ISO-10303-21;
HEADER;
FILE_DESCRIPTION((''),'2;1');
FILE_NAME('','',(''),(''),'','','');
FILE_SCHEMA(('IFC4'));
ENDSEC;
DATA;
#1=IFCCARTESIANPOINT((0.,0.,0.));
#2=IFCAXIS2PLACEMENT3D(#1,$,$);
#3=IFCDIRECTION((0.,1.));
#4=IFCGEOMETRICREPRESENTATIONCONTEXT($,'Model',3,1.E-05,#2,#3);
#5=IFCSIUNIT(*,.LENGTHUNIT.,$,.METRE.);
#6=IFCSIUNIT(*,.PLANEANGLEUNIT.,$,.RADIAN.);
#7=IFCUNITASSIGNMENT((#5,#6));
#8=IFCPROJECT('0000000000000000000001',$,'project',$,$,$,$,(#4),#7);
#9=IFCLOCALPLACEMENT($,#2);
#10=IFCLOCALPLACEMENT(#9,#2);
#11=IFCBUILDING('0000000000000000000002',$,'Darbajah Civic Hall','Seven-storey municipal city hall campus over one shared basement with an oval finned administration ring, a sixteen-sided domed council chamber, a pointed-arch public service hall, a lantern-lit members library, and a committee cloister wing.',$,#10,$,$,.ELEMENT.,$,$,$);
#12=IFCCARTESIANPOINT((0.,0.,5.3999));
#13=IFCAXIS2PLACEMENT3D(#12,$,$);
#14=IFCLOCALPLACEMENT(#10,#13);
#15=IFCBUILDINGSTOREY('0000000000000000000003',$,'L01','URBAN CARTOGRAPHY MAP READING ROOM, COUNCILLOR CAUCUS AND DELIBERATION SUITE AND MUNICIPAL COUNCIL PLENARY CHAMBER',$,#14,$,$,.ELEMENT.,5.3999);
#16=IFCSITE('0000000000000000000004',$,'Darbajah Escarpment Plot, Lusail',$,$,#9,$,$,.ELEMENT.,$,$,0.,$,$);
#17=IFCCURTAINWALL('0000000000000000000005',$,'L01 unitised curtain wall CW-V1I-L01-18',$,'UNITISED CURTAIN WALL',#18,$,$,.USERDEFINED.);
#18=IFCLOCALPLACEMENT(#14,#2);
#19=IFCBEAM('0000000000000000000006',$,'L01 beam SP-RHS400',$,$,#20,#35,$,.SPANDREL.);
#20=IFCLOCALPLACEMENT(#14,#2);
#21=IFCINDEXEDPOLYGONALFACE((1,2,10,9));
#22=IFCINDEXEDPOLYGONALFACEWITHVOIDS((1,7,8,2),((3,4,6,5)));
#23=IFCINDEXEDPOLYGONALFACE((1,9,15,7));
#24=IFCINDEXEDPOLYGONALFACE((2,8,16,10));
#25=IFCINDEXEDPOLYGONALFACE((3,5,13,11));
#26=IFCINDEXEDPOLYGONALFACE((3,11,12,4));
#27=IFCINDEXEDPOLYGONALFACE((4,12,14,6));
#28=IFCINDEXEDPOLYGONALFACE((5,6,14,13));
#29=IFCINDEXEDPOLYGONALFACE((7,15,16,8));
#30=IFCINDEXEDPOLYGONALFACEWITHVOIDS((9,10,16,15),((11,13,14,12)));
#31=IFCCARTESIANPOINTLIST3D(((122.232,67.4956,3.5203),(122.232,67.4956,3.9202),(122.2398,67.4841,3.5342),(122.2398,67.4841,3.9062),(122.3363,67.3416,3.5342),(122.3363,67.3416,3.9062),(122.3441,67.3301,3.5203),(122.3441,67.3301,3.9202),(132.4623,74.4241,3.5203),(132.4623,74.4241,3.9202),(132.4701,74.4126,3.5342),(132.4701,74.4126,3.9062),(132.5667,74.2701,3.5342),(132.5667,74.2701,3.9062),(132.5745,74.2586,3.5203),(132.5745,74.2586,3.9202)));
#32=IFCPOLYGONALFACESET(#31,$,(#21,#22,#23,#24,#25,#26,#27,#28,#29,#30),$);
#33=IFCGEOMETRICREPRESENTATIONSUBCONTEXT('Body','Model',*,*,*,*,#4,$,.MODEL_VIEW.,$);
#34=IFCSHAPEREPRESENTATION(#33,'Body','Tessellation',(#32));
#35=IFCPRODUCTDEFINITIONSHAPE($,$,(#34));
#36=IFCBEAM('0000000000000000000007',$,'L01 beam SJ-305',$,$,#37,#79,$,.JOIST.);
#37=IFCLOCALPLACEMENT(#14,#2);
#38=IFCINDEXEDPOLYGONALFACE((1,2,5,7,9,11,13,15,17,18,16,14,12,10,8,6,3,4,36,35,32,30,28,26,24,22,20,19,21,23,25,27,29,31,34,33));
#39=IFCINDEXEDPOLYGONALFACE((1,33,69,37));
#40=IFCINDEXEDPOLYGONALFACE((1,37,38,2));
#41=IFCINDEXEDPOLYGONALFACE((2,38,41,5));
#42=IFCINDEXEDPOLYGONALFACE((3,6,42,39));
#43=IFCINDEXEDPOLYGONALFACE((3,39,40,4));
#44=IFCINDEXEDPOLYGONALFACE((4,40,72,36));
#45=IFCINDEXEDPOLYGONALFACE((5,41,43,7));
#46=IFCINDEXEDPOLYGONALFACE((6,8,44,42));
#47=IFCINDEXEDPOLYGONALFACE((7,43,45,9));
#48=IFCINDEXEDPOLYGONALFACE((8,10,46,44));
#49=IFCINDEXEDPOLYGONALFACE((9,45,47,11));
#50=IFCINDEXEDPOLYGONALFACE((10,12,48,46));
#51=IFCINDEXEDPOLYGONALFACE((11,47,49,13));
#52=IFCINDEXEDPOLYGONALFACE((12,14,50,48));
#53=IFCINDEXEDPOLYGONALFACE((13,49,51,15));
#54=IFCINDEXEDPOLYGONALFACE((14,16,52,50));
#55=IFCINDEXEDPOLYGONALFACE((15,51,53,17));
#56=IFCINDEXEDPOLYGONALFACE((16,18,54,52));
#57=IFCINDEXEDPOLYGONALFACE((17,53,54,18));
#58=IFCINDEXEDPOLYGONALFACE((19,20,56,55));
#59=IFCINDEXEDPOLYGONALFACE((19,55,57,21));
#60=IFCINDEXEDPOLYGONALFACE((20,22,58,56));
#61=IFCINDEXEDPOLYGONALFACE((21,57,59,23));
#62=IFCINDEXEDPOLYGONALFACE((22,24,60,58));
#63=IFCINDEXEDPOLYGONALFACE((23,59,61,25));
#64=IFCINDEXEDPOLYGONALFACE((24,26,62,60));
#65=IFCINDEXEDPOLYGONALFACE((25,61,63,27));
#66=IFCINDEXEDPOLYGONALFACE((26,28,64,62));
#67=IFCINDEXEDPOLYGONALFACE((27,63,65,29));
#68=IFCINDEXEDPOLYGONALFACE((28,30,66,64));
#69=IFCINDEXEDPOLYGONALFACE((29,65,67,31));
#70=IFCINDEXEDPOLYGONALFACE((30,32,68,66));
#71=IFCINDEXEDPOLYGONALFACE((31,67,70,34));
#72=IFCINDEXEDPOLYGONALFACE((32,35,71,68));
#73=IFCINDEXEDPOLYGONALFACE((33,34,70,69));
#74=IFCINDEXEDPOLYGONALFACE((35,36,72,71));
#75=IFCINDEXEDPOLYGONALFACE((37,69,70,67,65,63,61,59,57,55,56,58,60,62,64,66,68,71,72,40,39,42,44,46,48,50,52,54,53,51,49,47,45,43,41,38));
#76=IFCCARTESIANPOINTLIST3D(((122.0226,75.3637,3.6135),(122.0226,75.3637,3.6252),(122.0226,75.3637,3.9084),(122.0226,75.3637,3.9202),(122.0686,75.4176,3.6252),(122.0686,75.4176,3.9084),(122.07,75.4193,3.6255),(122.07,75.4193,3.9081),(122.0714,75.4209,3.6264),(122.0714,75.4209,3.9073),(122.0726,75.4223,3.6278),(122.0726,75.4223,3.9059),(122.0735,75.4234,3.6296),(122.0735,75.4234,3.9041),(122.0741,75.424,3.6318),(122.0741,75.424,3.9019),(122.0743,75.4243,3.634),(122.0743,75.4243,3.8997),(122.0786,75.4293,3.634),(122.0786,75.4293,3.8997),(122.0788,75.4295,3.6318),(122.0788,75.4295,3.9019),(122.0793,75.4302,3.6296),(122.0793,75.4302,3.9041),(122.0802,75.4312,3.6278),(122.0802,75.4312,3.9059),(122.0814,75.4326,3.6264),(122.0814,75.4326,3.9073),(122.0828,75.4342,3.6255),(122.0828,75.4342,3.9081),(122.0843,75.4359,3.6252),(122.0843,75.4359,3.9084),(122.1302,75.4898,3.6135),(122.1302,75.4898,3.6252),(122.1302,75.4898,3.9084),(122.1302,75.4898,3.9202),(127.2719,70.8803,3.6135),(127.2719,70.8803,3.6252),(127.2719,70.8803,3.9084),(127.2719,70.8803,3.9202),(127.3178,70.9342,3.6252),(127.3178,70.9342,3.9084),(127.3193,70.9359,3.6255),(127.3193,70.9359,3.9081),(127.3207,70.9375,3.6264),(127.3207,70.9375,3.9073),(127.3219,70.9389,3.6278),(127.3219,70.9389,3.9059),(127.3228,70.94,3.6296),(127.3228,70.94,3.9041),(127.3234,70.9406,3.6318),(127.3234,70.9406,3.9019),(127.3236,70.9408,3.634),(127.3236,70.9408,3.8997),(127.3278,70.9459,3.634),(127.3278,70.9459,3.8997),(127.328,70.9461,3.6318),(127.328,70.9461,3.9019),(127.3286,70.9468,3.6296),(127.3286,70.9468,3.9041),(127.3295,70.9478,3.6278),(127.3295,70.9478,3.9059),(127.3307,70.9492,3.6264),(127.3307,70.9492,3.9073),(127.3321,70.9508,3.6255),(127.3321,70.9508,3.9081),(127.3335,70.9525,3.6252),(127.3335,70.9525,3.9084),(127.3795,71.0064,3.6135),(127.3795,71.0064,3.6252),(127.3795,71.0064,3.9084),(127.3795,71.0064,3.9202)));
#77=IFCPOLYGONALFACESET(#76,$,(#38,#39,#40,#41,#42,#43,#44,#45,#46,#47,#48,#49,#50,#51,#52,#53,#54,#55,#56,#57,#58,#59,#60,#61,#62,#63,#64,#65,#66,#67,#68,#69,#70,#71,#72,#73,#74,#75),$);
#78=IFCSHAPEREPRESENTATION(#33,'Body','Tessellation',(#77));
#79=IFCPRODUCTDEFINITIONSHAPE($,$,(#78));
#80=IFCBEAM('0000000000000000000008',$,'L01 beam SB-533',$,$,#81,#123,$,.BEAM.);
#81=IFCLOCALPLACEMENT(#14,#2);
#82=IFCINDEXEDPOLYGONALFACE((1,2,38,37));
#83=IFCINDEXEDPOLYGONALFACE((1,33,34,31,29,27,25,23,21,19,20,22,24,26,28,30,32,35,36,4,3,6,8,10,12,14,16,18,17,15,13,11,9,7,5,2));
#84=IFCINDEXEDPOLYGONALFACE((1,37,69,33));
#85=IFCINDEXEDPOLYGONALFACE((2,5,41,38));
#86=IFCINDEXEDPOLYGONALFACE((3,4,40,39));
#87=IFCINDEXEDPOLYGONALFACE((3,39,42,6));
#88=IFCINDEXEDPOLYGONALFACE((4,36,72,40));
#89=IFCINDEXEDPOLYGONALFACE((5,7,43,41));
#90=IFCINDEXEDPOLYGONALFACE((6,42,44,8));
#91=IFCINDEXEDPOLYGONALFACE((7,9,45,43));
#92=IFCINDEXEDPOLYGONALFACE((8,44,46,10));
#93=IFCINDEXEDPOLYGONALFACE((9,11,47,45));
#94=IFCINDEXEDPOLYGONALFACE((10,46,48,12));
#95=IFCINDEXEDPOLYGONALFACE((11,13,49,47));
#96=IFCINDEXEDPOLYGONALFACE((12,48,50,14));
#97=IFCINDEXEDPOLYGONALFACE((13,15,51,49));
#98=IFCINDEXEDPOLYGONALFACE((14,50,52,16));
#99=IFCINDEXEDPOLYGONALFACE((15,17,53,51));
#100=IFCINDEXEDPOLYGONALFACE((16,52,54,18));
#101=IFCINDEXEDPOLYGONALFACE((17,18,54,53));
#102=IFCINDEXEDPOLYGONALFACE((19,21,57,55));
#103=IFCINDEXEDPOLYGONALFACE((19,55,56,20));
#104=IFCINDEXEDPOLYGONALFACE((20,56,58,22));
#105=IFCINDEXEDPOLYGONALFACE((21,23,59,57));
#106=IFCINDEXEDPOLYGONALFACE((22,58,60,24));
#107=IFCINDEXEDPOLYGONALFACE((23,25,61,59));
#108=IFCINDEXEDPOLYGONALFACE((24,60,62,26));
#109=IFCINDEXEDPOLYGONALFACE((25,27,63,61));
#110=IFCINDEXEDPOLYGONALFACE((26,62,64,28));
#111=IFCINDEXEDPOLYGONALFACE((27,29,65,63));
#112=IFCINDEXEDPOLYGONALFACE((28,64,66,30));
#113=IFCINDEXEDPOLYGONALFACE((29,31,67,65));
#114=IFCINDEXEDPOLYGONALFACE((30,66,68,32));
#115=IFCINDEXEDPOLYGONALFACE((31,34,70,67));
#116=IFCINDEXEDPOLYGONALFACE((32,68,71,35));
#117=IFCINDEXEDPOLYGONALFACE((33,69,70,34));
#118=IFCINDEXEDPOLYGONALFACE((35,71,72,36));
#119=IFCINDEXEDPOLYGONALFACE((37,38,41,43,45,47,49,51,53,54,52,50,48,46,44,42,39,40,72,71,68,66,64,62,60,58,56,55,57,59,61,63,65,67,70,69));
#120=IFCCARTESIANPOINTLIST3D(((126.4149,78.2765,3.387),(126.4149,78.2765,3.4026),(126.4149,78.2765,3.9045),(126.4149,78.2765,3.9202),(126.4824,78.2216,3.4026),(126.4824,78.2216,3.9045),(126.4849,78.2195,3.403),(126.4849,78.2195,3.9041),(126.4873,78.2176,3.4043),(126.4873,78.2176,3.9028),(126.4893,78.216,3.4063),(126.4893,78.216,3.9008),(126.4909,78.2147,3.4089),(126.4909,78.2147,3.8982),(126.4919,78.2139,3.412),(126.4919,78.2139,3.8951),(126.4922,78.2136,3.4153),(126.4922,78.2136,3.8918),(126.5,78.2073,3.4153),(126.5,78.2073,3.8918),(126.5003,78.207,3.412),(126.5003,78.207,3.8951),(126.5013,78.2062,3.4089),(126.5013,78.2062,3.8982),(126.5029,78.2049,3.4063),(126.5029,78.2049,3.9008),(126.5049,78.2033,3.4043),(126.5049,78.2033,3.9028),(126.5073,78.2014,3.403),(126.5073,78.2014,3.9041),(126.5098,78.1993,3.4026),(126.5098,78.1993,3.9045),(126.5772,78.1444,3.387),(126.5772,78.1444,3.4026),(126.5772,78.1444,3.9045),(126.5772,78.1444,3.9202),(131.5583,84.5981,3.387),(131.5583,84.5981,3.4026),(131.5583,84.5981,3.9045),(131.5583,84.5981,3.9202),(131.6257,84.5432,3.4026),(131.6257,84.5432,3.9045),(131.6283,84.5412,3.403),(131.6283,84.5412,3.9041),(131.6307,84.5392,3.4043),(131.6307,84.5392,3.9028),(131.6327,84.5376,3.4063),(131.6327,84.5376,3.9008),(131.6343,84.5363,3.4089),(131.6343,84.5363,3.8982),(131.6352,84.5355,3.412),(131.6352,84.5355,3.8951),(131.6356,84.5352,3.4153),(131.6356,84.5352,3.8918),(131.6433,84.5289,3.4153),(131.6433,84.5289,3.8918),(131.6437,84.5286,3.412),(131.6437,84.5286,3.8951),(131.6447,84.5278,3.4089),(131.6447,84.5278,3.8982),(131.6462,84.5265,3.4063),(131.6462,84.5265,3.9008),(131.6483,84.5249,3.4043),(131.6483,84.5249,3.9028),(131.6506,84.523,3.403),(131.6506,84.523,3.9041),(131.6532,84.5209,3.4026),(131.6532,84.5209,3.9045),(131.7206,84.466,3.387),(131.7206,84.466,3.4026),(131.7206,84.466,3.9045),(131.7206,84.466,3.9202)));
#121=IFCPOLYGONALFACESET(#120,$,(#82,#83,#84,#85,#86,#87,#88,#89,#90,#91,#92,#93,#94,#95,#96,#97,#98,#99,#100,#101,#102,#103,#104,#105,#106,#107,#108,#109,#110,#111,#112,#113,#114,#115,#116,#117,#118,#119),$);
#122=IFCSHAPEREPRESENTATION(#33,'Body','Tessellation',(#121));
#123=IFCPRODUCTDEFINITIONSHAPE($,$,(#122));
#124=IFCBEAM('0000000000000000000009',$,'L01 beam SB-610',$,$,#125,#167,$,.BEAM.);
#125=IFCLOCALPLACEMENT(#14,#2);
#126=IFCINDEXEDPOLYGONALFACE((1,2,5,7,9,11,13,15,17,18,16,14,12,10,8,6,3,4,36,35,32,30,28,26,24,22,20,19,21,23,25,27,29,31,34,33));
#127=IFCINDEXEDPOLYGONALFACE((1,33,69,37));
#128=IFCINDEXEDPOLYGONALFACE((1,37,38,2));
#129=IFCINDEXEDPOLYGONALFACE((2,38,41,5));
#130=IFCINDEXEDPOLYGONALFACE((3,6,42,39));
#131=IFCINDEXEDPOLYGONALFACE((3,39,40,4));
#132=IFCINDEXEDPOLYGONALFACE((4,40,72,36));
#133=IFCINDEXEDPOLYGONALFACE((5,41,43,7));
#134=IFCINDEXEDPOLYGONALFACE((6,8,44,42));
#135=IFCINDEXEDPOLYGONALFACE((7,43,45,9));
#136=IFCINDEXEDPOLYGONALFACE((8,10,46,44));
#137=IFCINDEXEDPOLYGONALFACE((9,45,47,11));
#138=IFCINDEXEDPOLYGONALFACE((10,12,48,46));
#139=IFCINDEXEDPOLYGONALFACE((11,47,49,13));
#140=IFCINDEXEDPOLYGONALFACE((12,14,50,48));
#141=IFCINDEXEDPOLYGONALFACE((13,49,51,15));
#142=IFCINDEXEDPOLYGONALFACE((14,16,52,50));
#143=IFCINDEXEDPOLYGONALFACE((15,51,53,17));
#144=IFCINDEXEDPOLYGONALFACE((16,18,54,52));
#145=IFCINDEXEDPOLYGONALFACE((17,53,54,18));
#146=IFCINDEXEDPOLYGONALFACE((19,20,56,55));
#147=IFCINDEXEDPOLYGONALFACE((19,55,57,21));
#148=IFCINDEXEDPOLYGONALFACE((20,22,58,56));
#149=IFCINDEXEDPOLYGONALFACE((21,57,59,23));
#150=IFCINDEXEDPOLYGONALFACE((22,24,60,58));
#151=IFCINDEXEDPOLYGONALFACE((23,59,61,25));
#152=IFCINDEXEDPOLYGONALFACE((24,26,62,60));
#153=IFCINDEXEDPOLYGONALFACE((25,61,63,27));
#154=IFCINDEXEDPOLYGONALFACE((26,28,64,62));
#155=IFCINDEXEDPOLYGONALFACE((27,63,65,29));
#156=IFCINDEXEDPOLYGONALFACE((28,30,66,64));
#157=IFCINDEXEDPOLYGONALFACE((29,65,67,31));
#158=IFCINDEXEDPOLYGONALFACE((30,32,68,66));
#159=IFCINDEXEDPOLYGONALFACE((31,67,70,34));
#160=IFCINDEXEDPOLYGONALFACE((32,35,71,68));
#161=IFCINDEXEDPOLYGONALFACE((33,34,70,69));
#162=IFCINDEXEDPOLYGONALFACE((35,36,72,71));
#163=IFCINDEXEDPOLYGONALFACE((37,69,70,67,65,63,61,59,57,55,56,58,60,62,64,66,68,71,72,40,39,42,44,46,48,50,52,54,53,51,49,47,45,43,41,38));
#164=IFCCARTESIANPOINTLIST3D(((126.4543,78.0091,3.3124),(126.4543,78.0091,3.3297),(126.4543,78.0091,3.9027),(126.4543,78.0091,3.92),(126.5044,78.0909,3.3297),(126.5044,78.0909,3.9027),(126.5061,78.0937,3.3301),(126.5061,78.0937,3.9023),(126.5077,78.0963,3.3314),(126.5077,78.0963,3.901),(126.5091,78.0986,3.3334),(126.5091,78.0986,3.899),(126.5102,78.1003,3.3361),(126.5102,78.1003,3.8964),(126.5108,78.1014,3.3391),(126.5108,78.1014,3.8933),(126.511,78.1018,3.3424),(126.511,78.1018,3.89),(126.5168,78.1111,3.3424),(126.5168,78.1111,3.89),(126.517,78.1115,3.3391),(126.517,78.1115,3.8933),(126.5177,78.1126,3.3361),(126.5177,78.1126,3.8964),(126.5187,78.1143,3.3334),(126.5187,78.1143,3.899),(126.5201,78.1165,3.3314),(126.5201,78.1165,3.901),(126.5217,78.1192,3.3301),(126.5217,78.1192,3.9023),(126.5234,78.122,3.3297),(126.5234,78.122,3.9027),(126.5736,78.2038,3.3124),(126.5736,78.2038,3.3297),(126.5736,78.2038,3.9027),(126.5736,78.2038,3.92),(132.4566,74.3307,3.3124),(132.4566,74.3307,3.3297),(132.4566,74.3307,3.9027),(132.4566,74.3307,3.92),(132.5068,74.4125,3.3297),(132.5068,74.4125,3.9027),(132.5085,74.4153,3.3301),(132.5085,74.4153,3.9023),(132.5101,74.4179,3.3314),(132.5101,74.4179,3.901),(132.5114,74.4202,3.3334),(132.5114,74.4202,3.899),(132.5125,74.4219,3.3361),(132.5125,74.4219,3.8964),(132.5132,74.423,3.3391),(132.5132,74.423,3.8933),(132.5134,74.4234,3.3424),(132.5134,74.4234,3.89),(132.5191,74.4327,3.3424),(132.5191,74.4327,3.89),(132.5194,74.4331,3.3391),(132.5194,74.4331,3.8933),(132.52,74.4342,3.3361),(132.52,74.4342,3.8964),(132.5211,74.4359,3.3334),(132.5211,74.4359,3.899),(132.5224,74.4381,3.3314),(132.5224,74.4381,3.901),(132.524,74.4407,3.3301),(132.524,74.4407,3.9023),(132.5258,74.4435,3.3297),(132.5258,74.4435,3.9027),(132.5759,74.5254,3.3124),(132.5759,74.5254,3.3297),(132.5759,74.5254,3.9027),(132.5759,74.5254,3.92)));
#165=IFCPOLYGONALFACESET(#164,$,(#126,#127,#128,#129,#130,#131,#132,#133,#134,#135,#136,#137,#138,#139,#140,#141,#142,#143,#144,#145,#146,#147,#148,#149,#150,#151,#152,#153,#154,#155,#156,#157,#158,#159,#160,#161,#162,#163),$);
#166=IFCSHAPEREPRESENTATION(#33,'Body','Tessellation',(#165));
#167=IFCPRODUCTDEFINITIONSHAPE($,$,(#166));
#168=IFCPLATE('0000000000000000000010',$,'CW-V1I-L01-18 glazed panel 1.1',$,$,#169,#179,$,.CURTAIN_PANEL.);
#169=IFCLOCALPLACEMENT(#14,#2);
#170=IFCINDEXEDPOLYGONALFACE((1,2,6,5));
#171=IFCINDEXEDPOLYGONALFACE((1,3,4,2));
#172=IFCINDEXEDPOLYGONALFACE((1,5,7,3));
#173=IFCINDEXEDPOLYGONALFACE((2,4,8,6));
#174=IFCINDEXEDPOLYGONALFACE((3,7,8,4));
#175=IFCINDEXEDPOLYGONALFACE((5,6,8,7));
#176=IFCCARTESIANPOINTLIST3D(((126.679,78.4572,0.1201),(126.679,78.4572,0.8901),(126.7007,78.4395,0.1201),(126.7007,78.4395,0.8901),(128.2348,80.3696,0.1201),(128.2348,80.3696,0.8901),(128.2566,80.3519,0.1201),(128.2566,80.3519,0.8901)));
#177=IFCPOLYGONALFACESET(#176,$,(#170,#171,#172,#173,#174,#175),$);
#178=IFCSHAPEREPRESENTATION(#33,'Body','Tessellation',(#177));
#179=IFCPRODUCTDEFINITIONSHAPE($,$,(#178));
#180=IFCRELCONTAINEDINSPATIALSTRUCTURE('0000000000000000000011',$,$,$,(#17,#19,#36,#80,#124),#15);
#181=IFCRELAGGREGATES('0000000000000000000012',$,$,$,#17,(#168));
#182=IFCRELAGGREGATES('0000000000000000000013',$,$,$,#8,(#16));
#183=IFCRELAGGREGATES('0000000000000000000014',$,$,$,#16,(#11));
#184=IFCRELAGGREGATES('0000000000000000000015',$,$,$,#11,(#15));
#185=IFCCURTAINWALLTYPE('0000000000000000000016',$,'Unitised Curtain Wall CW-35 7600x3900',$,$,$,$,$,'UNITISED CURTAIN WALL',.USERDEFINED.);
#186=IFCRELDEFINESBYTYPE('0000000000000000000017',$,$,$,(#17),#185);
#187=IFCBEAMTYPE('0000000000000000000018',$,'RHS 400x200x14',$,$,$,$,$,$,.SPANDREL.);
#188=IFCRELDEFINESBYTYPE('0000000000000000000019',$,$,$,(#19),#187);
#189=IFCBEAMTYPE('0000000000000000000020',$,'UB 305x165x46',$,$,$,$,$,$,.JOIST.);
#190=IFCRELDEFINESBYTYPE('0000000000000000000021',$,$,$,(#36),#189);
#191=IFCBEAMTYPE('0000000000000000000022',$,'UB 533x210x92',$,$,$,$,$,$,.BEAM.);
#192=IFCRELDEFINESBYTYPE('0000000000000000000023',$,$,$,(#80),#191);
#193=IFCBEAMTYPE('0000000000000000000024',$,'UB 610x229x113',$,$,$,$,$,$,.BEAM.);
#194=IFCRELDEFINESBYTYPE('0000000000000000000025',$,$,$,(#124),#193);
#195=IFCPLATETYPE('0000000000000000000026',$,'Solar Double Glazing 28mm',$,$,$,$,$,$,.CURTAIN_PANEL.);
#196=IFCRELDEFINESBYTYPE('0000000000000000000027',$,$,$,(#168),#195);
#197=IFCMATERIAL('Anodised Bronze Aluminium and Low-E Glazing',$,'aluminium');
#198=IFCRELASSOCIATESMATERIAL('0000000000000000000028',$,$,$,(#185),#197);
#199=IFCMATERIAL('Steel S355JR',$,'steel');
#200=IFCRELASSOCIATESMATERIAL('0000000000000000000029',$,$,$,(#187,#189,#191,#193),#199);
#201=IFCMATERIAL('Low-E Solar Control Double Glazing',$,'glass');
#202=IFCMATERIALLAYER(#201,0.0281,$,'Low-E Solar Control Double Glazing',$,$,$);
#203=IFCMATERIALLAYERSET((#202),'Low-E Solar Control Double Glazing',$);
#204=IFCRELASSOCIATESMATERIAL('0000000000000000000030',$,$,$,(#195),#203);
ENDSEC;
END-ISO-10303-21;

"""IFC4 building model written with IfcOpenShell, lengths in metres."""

from ifc_helpers import new_model, si_unit, direction, frame, origin, origin_2d, place, context, subcontext, project, spatial, rectangle, hollow_rectangle, i_section, extrude, material, layer, layer_set, material_profile, profile_set, type_object, element, aggregate, save


model = new_model("IFC4")

# Units and contexts
model_context = context("Model", 3, precision=1e-05, world=origin(), true_north=direction((0.0, 1.0)))
body_context = subcontext(model_context, "Body", "Model", "MODEL_VIEW")
ifc_project = project(units=[si_unit("LENGTHUNIT", "METRE"), si_unit("PLANEANGLEUNIT", "RADIAN")], contexts=[model_context])

# Site, building, storey
site_placement = place(None, origin())
site = spatial("IfcSite", under=ifc_project, at=site_placement, Name="Darbajah Escarpment Plot, Lusail", CompositionType="ELEMENT", RefElevation=0.0)
building_placement = place(site_placement, origin())
building = spatial("IfcBuilding", under=site, at=building_placement, Name="Darbajah Civic Hall", Description="Seven-storey municipal city hall campus over one shared basement with an oval finned administration ring, a sixteen-sided domed council chamber, a pointed-arch public service hall, a lantern-lit members library, and a committee cloister wing.", CompositionType="ELEMENT")
storey_placement = place(building_placement, frame((0.0, 0.0, 5.3999)))
storey = spatial("IfcBuildingStorey", under=building, at=storey_placement, Name="L01", Description="URBAN CARTOGRAPHY MAP READING ROOM, COUNCILLOR CAUCUS AND DELIBERATION SUITE AND MUNICIPAL COUNCIL PLENARY CHAMBER", CompositionType="ELEMENT", Elevation=5.3999)

# Shared definitions
ifc_material_1 = material(Name="Anodised Bronze Aluminium and Low-E Glazing", Category="aluminium")

# Curtain wall
curtain_wall_type_1 = type_object("IfcCurtainWallType", Name="Unitised Curtain Wall CW-35 7600x3900", ElementType="UNITISED CURTAIN WALL", PredefinedType="USERDEFINED", material=ifc_material_1)
curtain_wall_1_placement = place(storey_placement, origin())
curtain_wall_1 = element("IfcCurtainWall", 1, at=curtain_wall_1_placement, inside=storey, type_object=curtain_wall_type_1, Name="L01 unitised curtain wall CW-V1I-L01-18", ObjectType="UNITISED CURTAIN WALL", PredefinedType="USERDEFINED")

# Beams
ifc_material_2 = material(Name="Steel S355JR", Category="steel")
ifc_material_profile_1 = material_profile(ifc_material_2, hollow_rectangle(XDim=0.2, YDim=0.3999, WallThickness=0.0139, at=origin_2d()), Name="RHS 400x200x14")
ifc_profile_set_1 = profile_set([ifc_material_profile_1], Name="Steel S355JR")
beam_type_1 = type_object("IfcBeamType", Name="RHS 400x200x14", PredefinedType="SPANDREL", material=ifc_profile_set_1)
beam_1_placement = place(storey_placement, frame((122.2881, 67.4128, 3.7202), z_axis=(0.827982, 0.560755, 0.0), x_axis=(-0.560755, 0.827982, 0.0)))
element("IfcBeam", 2, at=beam_1_placement, inside=storey, type_object=beam_type_1, Name="L01 beam SP-RHS400", PredefinedType="SPANDREL", context=body_context, shape_type="SweptSolid", body=[
    extrude(hollow_rectangle(XDim=0.2, YDim=0.3999, WallThickness=0.0139, at=origin_2d()), origin(), (0.0, 0.0, 1.0), 12.3557),
])
ifc_material_profile_2 = material_profile(ifc_material_2, i_section(OverallWidth=0.1658, OverallDepth=0.3066, WebThickness=0.0066, FlangeThickness=0.0117, FilletRadius=0.0088, at=origin_2d()), Name="UB 305x165x46")
ifc_profile_set_2 = profile_set([ifc_material_profile_2], Name="Steel S355JR")
beam_type_2 = type_object("IfcBeamType", Name="UB 305x165x46", PredefinedType="JOIST", material=ifc_profile_set_2)
beam_2_placement = place(storey_placement, frame((122.0764, 75.4268, 3.7668), z_axis=(0.760399, -0.649456, 0.0), x_axis=(0.649456, 0.760399, 0.0)))
element("IfcBeam", 3, at=beam_2_placement, inside=storey, type_object=beam_type_2, Name="L01 beam SJ-305", PredefinedType="JOIST", context=body_context, shape_type="SweptSolid", body=[
    extrude(i_section(OverallWidth=0.1658, OverallDepth=0.3066, WebThickness=0.0066, FlangeThickness=0.0117, FilletRadius=0.0088, at=origin_2d()), origin(), (0.0, 0.0, 1.0), 6.9033),
])
ifc_material_profile_3 = material_profile(ifc_material_2, i_section(OverallWidth=0.2092, OverallDepth=0.5332, WebThickness=0.01, FlangeThickness=0.0156, FilletRadius=0.0127, at=origin_2d()), Name="UB 533x210x92")
ifc_profile_set_3 = profile_set([ifc_material_profile_3], Name="Steel S355JR")
beam_type_3 = type_object("IfcBeamType", Name="UB 533x210x92", PredefinedType="BEAM", material=ifc_profile_set_3)
beam_3_placement = place(storey_placement, frame((126.4961, 78.2104, 3.6536), z_axis=(0.631115, 0.77569, 0.0), x_axis=(-0.77569, 0.631115, 0.0)))
element("IfcBeam", 4, at=beam_3_placement, inside=storey, type_object=beam_type_3, Name="L01 beam SB-533", PredefinedType="BEAM", context=body_context, shape_type="SweptSolid", body=[
    extrude(i_section(OverallWidth=0.2092, OverallDepth=0.5332, WebThickness=0.01, FlangeThickness=0.0156, FilletRadius=0.0127, at=origin_2d()), origin(), (0.0, 0.0, 1.0), 8.1497),
])
ifc_material_profile_4 = material_profile(ifc_material_2, i_section(OverallWidth=0.2283, OverallDepth=0.6077, WebThickness=0.011, FlangeThickness=0.0173, FilletRadius=0.0127, at=origin_2d()), Name="UB 610x229x113")
ifc_profile_set_4 = profile_set([ifc_material_profile_4], Name="Steel S355JR")
beam_type_4 = type_object("IfcBeamType", Name="UB 610x229x113", PredefinedType="BEAM", material=ifc_profile_set_4)
beam_4_placement = place(storey_placement, frame((126.5139, 78.1064, 3.6162), z_axis=(0.85263, -0.522516, 0.0), x_axis=(0.522516, 0.85263, 0.0)))
element("IfcBeam", 5, at=beam_4_placement, inside=storey, type_object=beam_type_4, Name="L01 beam SB-610", PredefinedType="BEAM", context=body_context, shape_type="SweptSolid", body=[
    extrude(i_section(OverallWidth=0.2283, OverallDepth=0.6077, WebThickness=0.011, FlangeThickness=0.0173, FilletRadius=0.0127, at=origin_2d()), origin(), (0.0, 0.0, 1.0), 7.0398),
])

# Plate
ifc_material_3 = material(Name="Low-E Solar Control Double Glazing", Category="glass")
ifc_layer_1 = layer(ifc_material_3, 0.0281, Name="Low-E Solar Control Double Glazing")
ifc_layer_set_1 = layer_set([ifc_layer_1], Name="Low-E Solar Control Double Glazing")
plate_type = type_object("IfcPlateType", Name="Solar Double Glazing 28mm", PredefinedType="CURTAIN_PANEL", material=ifc_layer_set_1)
plate_1_placement = place(storey_placement, frame((127.4678, 79.4045, 0.1201), z_axis=(0.0, 0.0, 1.0), x_axis=(0.631082, 0.775716, 0.0)))
plate_1 = element("IfcPlate", 6, at=plate_1_placement, type_object=plate_type, Name="CW-V1I-L01-18 glazed panel 1.1", PredefinedType="CURTAIN_PANEL", context=body_context, shape_type="SweptSolid", body=[
    extrude(rectangle(XDim=2.4653, YDim=0.0281, at=origin_2d()), origin(), (0.0, 0.0, 1.0), 0.77),
])
aggregate(curtain_wall_1, [plate_1])

save(model, "model.ifc")
